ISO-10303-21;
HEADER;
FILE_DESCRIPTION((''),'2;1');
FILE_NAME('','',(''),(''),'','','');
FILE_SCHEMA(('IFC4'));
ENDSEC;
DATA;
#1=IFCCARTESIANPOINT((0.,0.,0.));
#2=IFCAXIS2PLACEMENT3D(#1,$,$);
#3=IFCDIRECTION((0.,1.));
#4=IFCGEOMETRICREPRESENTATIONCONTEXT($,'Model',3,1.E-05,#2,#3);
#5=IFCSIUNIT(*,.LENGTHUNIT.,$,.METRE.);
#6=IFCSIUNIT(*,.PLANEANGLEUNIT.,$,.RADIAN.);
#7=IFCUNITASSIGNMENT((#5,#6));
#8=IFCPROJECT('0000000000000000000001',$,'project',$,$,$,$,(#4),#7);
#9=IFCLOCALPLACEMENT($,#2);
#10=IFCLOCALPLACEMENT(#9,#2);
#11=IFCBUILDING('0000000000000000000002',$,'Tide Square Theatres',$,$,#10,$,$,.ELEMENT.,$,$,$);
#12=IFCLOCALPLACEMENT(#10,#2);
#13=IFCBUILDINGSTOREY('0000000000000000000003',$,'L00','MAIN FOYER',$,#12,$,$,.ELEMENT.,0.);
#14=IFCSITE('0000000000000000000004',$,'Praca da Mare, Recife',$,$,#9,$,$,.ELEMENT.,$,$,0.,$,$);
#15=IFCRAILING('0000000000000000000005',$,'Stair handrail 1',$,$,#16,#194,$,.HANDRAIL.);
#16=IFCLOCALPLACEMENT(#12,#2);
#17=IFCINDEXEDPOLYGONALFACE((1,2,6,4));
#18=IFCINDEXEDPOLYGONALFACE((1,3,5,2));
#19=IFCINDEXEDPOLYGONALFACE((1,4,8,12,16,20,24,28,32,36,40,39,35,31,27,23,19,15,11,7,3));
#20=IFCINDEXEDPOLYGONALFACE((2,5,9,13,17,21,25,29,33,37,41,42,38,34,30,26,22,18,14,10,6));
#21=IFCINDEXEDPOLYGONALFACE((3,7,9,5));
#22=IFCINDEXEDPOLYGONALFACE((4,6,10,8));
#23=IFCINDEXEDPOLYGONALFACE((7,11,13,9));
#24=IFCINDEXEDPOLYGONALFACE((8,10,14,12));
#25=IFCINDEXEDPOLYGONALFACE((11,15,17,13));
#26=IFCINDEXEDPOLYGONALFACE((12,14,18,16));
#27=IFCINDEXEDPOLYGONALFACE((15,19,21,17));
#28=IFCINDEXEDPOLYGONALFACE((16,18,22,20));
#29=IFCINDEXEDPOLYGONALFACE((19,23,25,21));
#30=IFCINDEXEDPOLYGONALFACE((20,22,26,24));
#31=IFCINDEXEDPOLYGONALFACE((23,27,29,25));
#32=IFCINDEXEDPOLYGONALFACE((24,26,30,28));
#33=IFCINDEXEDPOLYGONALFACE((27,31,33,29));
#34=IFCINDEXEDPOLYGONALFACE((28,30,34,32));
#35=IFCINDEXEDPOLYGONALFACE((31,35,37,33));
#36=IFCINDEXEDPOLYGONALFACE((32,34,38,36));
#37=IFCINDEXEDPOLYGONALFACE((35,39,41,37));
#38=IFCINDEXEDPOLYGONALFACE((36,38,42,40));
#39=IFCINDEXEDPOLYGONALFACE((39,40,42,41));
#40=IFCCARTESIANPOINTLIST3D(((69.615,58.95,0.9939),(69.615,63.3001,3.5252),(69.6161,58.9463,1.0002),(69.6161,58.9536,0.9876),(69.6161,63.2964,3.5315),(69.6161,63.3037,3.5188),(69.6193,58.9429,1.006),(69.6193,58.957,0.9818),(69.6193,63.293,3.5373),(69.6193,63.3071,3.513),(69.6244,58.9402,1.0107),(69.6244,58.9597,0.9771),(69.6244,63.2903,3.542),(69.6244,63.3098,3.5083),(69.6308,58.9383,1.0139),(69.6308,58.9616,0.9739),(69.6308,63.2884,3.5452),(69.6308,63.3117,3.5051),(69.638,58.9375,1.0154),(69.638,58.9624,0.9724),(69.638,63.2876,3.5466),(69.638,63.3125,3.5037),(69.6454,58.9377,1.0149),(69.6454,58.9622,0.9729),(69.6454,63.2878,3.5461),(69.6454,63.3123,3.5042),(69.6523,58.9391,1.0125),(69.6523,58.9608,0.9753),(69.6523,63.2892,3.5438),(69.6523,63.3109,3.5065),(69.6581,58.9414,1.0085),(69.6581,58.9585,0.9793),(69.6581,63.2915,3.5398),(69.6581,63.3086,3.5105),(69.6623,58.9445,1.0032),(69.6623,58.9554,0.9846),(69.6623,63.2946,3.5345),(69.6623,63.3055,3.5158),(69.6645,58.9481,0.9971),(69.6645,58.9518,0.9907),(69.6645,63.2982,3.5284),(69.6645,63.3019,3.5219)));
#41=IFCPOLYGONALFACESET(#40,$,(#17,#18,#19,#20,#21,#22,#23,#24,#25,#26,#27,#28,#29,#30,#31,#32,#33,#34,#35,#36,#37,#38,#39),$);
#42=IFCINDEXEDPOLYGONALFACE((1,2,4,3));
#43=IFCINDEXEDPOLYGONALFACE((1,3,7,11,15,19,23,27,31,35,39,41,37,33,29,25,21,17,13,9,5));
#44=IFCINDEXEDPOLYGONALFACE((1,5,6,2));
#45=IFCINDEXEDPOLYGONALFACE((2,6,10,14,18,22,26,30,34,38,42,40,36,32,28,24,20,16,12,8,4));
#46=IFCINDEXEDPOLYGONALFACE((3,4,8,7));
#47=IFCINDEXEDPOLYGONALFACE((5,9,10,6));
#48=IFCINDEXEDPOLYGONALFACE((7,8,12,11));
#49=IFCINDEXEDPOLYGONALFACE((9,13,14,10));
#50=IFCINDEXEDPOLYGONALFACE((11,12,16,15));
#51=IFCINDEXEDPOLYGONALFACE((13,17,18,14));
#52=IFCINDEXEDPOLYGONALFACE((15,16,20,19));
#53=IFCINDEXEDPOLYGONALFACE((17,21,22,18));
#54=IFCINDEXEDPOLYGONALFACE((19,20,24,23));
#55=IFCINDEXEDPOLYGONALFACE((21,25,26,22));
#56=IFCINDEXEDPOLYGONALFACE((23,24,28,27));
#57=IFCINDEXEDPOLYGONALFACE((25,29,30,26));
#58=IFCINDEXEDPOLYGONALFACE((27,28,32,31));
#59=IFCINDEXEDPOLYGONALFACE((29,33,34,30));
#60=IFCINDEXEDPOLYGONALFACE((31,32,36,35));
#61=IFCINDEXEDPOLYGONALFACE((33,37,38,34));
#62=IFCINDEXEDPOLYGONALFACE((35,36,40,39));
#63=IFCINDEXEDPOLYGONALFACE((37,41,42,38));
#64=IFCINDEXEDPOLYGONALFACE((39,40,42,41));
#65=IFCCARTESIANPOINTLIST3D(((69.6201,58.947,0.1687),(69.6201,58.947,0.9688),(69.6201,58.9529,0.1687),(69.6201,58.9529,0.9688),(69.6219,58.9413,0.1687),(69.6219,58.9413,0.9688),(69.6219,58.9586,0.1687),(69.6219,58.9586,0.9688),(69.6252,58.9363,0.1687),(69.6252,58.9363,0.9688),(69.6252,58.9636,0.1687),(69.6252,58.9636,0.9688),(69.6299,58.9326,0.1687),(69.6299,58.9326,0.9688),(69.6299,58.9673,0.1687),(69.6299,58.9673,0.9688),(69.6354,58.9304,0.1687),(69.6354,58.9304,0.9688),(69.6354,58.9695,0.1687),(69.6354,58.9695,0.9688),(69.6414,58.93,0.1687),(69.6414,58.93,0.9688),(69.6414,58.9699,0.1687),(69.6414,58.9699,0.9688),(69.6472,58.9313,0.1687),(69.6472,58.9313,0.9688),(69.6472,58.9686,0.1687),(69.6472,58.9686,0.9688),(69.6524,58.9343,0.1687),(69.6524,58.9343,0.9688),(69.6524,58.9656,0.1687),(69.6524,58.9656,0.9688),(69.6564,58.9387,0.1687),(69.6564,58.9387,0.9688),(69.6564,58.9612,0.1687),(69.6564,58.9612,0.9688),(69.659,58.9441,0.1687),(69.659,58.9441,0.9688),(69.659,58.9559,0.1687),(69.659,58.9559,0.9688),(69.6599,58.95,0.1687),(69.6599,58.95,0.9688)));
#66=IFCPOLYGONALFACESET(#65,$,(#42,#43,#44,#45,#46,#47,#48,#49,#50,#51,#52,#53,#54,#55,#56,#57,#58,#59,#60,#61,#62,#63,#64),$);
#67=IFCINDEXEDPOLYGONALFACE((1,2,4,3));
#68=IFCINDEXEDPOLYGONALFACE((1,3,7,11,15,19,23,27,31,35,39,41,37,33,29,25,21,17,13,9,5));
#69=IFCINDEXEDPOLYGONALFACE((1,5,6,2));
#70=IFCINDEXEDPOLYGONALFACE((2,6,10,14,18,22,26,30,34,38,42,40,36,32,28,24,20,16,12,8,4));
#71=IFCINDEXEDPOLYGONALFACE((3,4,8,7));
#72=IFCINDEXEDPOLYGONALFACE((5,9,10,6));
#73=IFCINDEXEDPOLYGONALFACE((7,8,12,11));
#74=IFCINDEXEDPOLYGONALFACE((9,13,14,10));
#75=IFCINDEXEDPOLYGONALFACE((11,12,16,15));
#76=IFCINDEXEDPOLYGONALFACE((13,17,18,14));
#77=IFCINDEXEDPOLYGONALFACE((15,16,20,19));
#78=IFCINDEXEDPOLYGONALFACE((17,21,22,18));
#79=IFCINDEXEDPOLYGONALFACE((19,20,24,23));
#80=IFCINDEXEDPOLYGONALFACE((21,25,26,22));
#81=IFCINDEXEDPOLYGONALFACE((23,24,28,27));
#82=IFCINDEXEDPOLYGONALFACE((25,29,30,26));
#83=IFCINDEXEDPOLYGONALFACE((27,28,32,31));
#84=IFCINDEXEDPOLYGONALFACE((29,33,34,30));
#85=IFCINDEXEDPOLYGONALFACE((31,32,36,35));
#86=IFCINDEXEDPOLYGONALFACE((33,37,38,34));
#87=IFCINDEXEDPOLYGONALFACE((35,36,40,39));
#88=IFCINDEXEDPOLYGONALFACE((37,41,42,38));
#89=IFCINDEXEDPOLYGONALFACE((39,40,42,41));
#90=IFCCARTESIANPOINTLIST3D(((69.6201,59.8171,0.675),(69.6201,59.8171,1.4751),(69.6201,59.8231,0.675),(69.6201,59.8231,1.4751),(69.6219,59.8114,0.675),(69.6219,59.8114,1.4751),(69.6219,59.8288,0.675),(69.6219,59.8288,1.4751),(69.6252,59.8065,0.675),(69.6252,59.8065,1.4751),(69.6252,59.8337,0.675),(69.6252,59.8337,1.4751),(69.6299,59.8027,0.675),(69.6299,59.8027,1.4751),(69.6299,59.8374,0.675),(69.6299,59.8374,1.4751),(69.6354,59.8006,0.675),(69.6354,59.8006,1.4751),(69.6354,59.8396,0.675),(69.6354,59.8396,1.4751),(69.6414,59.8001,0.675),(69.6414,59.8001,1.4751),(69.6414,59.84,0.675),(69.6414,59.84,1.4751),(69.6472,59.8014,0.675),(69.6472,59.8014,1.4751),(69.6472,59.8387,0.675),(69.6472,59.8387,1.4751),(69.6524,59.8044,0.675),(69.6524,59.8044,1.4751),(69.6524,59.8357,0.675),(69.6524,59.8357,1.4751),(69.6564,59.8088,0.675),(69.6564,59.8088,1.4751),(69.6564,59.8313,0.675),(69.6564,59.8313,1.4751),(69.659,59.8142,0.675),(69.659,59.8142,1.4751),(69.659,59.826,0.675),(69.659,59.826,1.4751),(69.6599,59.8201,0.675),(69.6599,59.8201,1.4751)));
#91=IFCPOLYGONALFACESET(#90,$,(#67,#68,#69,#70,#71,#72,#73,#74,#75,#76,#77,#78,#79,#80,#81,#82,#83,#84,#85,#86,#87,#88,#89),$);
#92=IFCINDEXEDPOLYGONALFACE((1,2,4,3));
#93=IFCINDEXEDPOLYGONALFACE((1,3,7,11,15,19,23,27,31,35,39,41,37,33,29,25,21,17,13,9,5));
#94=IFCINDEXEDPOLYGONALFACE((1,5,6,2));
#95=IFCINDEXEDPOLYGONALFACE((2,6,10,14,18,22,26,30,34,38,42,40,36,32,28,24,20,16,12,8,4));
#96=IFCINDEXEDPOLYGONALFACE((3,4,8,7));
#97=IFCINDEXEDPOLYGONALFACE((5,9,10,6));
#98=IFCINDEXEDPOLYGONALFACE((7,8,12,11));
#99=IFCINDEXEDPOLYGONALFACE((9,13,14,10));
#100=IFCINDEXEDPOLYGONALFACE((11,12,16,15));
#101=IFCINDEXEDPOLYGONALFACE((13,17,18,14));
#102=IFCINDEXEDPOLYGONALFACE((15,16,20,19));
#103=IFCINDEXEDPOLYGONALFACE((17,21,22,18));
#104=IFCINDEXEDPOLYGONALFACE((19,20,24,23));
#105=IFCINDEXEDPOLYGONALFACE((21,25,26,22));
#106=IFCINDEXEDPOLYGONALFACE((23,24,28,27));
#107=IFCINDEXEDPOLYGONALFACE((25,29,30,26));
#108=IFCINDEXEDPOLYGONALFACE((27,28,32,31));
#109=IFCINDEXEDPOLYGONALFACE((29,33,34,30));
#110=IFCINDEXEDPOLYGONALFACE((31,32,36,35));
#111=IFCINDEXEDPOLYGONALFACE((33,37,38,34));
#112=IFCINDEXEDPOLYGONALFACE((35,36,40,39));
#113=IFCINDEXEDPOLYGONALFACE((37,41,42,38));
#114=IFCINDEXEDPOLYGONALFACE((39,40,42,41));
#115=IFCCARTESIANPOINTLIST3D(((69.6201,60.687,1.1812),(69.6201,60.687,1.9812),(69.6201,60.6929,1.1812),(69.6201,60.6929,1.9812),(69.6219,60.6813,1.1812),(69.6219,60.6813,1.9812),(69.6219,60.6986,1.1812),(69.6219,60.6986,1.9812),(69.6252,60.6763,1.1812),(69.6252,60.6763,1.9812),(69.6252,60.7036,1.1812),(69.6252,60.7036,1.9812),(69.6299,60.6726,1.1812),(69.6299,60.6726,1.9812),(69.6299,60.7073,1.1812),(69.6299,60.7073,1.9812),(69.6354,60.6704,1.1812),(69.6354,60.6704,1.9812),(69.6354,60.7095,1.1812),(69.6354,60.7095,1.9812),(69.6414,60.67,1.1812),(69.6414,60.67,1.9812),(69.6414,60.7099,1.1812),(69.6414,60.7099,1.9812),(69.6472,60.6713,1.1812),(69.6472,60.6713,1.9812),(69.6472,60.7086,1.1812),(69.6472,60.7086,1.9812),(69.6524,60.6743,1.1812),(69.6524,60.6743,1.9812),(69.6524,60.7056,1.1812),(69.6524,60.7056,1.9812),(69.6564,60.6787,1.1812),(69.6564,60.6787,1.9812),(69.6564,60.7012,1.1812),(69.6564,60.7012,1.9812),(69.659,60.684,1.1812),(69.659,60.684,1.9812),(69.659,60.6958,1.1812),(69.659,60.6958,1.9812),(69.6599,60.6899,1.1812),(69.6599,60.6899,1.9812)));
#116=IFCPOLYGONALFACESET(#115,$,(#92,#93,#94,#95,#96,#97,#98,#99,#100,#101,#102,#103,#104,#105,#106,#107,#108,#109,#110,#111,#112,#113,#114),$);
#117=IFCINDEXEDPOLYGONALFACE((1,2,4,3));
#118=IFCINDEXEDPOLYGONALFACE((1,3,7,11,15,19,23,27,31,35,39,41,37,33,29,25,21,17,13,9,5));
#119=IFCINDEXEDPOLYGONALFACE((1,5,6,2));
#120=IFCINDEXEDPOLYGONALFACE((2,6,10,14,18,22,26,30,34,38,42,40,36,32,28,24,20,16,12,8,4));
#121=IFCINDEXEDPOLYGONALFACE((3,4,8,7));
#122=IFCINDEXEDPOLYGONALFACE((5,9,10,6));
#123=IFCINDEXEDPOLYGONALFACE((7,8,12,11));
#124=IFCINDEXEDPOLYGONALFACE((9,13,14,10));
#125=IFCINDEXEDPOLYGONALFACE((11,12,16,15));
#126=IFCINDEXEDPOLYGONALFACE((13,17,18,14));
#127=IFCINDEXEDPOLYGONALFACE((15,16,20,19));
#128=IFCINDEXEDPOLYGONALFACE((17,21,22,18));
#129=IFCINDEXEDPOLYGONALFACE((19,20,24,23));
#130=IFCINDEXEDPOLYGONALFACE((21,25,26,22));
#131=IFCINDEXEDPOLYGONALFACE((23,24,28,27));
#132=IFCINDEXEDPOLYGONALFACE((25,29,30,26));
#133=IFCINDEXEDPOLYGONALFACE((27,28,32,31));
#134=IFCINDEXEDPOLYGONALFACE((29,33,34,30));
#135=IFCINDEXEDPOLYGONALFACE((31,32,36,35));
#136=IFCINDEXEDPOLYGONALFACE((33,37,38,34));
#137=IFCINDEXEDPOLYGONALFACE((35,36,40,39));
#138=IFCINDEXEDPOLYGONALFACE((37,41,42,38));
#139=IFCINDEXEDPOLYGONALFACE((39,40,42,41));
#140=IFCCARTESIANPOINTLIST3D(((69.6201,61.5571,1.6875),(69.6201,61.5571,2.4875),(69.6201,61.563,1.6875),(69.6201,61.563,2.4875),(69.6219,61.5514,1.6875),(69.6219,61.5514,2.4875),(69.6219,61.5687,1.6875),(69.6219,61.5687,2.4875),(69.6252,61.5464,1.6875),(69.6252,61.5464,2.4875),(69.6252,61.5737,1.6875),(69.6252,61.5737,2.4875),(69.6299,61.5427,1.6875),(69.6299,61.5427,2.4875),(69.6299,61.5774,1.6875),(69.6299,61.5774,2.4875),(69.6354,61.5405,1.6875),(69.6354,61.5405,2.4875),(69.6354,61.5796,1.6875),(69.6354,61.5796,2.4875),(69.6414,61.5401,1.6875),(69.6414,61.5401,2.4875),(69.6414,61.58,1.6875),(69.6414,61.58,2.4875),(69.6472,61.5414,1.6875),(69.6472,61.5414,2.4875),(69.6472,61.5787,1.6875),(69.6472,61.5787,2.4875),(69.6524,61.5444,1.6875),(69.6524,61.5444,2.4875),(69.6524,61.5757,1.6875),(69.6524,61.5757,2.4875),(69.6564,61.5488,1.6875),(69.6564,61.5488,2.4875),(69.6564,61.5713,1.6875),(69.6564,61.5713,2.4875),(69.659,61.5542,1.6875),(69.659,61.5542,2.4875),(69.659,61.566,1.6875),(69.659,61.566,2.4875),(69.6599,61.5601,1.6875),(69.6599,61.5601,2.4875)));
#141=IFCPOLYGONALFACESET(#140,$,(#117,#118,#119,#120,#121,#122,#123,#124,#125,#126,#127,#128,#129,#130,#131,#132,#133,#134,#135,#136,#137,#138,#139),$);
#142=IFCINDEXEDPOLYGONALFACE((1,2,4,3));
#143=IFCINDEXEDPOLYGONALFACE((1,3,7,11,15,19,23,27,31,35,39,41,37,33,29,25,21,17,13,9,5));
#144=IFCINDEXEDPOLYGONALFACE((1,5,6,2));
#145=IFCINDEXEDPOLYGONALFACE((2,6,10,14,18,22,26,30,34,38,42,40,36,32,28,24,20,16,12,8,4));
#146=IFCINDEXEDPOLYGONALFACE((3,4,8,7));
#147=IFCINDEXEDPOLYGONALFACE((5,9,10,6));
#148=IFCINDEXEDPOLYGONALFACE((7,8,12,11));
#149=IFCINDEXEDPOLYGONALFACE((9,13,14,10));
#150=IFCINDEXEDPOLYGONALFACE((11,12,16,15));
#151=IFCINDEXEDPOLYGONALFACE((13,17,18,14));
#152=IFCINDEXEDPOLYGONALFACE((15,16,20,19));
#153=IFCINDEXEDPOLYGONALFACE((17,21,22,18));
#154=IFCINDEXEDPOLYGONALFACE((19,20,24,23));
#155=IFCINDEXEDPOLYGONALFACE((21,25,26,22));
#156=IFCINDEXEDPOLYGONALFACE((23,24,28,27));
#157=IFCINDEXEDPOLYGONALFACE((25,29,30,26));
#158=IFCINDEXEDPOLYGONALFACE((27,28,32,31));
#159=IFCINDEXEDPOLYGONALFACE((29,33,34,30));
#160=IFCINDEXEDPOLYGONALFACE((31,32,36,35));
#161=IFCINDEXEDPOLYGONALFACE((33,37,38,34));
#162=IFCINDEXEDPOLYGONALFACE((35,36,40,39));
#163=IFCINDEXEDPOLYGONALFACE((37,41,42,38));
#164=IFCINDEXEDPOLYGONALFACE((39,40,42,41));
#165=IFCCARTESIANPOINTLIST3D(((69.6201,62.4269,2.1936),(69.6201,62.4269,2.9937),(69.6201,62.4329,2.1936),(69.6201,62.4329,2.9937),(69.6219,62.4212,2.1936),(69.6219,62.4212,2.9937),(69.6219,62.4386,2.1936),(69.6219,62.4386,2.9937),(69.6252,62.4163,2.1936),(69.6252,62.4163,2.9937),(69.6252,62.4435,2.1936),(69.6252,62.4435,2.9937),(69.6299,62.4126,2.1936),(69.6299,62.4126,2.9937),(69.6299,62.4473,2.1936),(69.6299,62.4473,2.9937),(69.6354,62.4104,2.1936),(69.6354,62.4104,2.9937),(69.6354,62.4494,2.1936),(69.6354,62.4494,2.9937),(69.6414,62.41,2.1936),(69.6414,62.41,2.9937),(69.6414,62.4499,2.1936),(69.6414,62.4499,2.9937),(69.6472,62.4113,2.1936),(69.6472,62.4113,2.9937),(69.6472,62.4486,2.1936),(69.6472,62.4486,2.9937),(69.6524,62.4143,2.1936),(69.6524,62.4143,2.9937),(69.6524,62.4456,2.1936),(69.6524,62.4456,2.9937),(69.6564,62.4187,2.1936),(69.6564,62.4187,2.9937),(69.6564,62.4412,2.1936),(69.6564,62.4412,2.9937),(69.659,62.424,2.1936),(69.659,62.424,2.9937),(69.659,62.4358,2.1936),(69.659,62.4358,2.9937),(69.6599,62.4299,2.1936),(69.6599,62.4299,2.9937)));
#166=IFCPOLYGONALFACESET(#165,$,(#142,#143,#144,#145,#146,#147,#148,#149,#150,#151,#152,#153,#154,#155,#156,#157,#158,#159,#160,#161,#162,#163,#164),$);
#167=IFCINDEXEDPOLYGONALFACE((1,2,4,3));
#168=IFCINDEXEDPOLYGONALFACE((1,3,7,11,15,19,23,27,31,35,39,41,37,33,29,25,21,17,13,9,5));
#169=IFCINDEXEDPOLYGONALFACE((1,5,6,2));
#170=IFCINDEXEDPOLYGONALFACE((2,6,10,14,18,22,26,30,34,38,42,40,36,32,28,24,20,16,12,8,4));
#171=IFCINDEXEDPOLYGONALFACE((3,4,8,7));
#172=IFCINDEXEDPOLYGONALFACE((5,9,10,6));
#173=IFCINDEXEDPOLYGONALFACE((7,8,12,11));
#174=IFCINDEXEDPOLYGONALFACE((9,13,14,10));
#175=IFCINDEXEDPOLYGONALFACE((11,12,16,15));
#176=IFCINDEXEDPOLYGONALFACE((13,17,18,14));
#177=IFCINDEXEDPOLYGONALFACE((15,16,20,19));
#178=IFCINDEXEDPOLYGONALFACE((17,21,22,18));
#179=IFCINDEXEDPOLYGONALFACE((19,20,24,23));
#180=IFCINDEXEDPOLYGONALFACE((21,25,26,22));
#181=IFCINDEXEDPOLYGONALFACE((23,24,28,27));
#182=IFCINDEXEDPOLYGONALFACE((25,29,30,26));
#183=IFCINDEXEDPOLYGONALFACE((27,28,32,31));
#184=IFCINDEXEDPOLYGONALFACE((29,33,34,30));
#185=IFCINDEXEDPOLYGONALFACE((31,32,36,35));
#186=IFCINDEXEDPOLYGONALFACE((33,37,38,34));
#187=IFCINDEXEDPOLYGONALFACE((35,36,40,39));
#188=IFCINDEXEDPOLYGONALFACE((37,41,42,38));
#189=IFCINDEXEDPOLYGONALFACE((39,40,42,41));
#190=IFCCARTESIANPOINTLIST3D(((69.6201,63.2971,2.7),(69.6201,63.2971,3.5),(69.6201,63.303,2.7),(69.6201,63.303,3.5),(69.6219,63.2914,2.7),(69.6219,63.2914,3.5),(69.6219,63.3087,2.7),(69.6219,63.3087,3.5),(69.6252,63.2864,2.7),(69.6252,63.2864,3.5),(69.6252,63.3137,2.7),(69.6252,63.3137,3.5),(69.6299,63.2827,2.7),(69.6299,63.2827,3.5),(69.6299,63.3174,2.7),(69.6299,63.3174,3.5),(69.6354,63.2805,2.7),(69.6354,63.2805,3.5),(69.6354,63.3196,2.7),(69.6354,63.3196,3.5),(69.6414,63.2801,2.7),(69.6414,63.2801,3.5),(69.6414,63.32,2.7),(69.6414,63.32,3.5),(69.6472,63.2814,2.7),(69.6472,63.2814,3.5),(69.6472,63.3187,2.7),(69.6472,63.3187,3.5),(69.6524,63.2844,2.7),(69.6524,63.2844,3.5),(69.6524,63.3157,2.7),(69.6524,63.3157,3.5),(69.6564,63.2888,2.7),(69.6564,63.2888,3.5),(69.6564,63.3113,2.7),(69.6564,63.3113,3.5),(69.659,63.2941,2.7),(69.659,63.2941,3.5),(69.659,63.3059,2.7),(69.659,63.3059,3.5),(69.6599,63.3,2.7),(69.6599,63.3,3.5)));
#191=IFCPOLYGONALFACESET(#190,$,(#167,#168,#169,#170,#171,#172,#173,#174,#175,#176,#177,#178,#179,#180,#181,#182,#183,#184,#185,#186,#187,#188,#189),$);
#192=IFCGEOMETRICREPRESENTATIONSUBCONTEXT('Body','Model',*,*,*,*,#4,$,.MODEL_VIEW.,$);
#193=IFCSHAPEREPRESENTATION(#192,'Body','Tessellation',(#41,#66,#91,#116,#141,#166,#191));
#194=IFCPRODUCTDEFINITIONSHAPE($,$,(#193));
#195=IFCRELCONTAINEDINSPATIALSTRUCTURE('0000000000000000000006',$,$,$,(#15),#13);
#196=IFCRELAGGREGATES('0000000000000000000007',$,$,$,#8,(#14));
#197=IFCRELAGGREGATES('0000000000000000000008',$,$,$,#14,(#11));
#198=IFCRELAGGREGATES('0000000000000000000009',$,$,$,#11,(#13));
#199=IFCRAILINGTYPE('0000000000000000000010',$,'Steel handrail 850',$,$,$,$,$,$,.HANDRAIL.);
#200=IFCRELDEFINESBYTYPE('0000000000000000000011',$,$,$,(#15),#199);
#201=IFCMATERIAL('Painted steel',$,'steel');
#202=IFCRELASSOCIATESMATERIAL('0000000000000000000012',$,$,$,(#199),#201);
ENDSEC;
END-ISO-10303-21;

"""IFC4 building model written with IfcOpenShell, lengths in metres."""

from ifc_helpers import new_model, si_unit, direction, frame, origin, origin_2d, place, context, subcontext, project, spatial, circle, extrude, material, type_object, element, save


model = new_model("IFC4")

# Units and contexts
model_context = context("Model", 3, precision=1e-05, world=origin(), true_north=direction((0.0, 1.0)))
body_context = subcontext(model_context, "Body", "Model", "MODEL_VIEW")
ifc_project = project(units=[si_unit("LENGTHUNIT", "METRE"), si_unit("PLANEANGLEUNIT", "RADIAN")], contexts=[model_context])

# Site, building, storey
site_placement = place(None, origin())
site = spatial("IfcSite", under=ifc_project, at=site_placement, Name="Praca da Mare, Recife", CompositionType="ELEMENT", RefElevation=0.0)
building_placement = place(site_placement, origin())
building = spatial("IfcBuilding", under=site, at=building_placement, Name="Tide Square Theatres", CompositionType="ELEMENT")
storey_placement = place(building_placement, origin())
storey = spatial("IfcBuildingStorey", under=building, at=storey_placement, Name="L00", Description="MAIN FOYER", CompositionType="ELEMENT", Elevation=0.0)

# Railing
ifc_material_1 = material(Name="Painted steel", Category="steel")
railing_type = type_object("IfcRailingType", Name="Steel handrail 850", PredefinedType="HANDRAIL", material=ifc_material_1)
for number, where, name in (
    (1, (69.6399, 58.95, 0.1687), "Stair handrail 1"),
):
    element("IfcRailing", number, at=place(storey_placement, frame(where)), inside=storey, type_object=railing_type, Name=name, PredefinedType="HANDRAIL", context=body_context, shape_type="SweptSolid", body=[
        extrude(circle(Radius=0.0249, at=origin_2d()), frame((0.0, 0.0, 0.8252), z_axis=(0.0, 0.864324, 0.502936), x_axis=(-1.0, 0.0, 0.0)), (0.0, 0.0, 1.0), 5.033),
        extrude(circle(Radius=0.02, at=origin_2d()), origin(), (0.0, 0.0, 1.0), 0.8),
        extrude(circle(Radius=0.02, at=origin_2d()), frame((0.0, 0.8701, 0.5063)), (0.0, 0.0, 1.0), 0.8),
        extrude(circle(Radius=0.02, at=origin_2d()), frame((0.0, 1.74, 1.0125)), (0.0, 0.0, 1.0), 0.8),
        extrude(circle(Radius=0.02, at=origin_2d()), frame((0.0, 2.6101, 1.5188)), (0.0, 0.0, 1.0), 0.8),
        extrude(circle(Radius=0.02, at=origin_2d()), frame((0.0, 3.48, 2.0249)), (0.0, 0.0, 1.0), 0.8),
        extrude(circle(Radius=0.02, at=origin_2d()), frame((0.0, 4.3501, 2.5312)), (0.0, 0.0, 1.0), 0.8),
    ])

save(model, "model.ifc")
